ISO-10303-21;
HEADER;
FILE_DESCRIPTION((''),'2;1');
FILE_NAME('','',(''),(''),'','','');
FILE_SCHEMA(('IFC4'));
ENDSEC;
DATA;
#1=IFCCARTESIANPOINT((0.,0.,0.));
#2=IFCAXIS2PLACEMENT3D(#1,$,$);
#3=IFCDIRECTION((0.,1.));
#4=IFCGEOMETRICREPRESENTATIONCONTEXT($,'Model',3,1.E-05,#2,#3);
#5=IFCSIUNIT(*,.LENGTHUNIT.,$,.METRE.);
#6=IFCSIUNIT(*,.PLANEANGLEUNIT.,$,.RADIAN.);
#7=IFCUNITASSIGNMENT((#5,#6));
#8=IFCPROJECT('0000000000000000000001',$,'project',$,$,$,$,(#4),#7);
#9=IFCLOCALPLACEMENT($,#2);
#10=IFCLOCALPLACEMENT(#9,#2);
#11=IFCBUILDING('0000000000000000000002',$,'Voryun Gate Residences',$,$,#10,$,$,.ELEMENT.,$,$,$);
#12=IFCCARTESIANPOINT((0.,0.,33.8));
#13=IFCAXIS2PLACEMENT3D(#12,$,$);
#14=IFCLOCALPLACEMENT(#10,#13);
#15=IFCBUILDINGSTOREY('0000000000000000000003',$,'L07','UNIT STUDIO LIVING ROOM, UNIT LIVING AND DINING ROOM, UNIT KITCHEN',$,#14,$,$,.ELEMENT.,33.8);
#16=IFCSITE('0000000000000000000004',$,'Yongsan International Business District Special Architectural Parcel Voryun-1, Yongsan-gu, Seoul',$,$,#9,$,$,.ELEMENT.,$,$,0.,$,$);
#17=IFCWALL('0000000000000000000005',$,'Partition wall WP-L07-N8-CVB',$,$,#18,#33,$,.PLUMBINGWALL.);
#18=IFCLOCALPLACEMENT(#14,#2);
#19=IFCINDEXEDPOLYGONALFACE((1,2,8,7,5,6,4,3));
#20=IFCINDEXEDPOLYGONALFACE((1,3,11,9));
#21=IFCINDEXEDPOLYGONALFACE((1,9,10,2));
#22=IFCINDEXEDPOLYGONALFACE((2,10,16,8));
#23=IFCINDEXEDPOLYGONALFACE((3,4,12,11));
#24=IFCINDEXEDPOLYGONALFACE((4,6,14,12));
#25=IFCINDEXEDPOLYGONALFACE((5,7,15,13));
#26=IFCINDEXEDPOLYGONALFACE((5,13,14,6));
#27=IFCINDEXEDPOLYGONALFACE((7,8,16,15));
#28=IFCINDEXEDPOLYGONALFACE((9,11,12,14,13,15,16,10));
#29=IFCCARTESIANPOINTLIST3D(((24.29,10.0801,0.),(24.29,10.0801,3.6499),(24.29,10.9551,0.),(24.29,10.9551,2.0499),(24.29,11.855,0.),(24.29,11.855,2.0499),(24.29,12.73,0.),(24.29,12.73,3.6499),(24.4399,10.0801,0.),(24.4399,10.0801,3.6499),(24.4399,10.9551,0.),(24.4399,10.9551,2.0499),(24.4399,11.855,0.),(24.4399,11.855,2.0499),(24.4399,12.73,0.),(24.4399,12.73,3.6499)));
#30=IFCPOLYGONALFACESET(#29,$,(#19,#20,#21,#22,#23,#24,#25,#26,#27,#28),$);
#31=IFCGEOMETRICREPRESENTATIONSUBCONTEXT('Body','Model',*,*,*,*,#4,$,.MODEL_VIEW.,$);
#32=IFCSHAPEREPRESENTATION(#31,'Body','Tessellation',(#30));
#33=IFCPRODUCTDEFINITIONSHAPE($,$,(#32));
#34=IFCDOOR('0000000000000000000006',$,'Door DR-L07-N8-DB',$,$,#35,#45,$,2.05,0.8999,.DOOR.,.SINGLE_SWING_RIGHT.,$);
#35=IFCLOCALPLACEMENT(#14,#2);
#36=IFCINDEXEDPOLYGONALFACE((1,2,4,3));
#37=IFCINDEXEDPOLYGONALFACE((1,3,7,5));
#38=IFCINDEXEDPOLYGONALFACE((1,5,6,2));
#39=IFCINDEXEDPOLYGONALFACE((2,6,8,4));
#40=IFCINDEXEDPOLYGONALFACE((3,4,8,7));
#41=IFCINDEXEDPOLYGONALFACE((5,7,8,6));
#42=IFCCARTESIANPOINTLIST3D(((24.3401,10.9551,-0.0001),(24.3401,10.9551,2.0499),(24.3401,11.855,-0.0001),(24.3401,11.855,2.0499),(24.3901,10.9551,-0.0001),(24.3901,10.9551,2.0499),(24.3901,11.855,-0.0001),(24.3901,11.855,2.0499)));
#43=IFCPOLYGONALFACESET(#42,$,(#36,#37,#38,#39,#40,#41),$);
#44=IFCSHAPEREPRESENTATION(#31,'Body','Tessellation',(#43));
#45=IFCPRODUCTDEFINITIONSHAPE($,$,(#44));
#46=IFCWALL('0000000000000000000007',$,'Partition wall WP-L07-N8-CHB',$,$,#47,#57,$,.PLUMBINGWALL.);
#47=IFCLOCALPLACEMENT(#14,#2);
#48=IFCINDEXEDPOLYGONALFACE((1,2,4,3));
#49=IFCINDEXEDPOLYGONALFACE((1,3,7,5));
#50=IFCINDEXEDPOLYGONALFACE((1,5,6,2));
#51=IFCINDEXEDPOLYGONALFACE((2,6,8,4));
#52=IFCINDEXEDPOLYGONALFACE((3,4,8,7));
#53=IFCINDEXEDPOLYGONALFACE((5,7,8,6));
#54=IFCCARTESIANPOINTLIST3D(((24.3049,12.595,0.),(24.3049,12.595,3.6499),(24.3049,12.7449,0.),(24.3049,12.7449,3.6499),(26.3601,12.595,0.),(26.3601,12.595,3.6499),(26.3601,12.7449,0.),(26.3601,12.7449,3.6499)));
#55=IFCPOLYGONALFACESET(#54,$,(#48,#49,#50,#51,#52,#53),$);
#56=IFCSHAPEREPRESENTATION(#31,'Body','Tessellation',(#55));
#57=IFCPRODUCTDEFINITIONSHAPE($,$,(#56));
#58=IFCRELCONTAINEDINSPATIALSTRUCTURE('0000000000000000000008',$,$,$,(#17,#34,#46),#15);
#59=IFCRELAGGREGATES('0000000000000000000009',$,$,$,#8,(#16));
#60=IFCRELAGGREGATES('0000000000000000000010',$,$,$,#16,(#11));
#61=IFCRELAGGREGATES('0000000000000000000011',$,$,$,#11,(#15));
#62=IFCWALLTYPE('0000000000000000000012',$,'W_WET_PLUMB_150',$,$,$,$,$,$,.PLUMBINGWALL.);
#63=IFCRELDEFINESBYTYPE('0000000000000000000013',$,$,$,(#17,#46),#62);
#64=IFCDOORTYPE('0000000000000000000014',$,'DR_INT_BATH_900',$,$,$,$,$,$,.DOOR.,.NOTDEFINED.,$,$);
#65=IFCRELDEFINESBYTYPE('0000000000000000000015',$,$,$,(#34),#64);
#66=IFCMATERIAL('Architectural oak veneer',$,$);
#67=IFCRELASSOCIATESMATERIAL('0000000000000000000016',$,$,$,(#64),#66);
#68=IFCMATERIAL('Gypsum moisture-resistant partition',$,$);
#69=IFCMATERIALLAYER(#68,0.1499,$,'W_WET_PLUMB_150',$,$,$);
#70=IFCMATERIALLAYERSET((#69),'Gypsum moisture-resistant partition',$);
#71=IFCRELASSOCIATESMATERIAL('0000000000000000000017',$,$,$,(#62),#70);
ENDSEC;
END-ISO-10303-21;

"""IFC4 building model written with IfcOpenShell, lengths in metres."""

from ifc_helpers import new_model, si_unit, direction, frame, frame_2d, origin, place, context, subcontext, project, spatial, rectangle, extrude, material, layer, layer_set, type_object, element, fill, save


model = new_model("IFC4")

# Units and contexts
model_context = context("Model", 3, precision=1e-05, world=origin(), true_north=direction((0.0, 1.0)))
body_context = subcontext(model_context, "Body", "Model", "MODEL_VIEW")
ifc_project = project(units=[si_unit("LENGTHUNIT", "METRE"), si_unit("PLANEANGLEUNIT", "RADIAN")], contexts=[model_context])

# Site, building, storey
site_placement = place(None, origin())
site = spatial("IfcSite", under=ifc_project, at=site_placement, Name="Yongsan International Business District Special Architectural Parcel Voryun-1, Yongsan-gu, Seoul", CompositionType="ELEMENT", RefElevation=0.0)
building_placement = place(site_placement, origin())
building = spatial("IfcBuilding", under=site, at=building_placement, Name="Voryun Gate Residences", CompositionType="ELEMENT")
storey_placement = place(building_placement, frame((0.0, 0.0, 33.8)))
storey = spatial("IfcBuildingStorey", under=building, at=storey_placement, Name="L07", Description="UNIT STUDIO LIVING ROOM, UNIT LIVING AND DINING ROOM, UNIT KITCHEN", CompositionType="ELEMENT", Elevation=33.8)

# Shared definitions
ifc_material_1 = material(Name="Architectural oak veneer")
door_type = type_object("IfcDoorType", Name="DR_INT_BATH_900", OperationType="NOTDEFINED", PredefinedType="DOOR", material=ifc_material_1)

# Shared definitions
ifc_material_2 = material(Name="Gypsum moisture-resistant partition")
ifc_layer_1 = layer(ifc_material_2, 0.1499, Name="W_WET_PLUMB_150")
ifc_layer_set_1 = layer_set([ifc_layer_1], Name="Gypsum moisture-resistant partition")
wall_type_1 = type_object("IfcWallType", Name="W_WET_PLUMB_150", PredefinedType="PLUMBINGWALL", material=ifc_layer_set_1)

# Wall, opening, door
wall_1_placement = place(storey_placement, frame((24.365, 10.0801, 0.0), z_axis=(0.0, 0.0, 1.0), x_axis=(0.0, 1.0, 0.0)))
wall_1 = element("IfcWall", 1, at=wall_1_placement, inside=storey, type_object=wall_type_1, Name="Partition wall WP-L07-N8-CVB", PredefinedType="PLUMBINGWALL", context=body_context, shape_type="SweptSolid", body=[
    extrude(rectangle(XDim=2.6499, YDim=0.1499, at=frame_2d((1.325, 0.0))), origin(), (0.0, 0.0, 1.0), 3.6499),
])
opening_1_placement = place(wall_1_placement, frame((0.875, 0.0, 0.0)))
opening_1 = element("IfcOpeningElement", 2, at=opening_1_placement, cuts=wall_1, PredefinedType="OPENING", context=body_context, shape_type="SweptSolid", body=[
    extrude(rectangle(XDim=0.8999, YDim=2.05, at=frame_2d((0.45, 1.0249))), frame((0.0, 0.085, 0.0), z_axis=(0.0, -1.0, 0.0), x_axis=(1.0, 0.0, 0.0)), (0.0, 0.0, 1.0), 0.1699),
])
door_1_placement = place(opening_1_placement, origin())
door_1 = element("IfcDoor", 3, at=door_1_placement, inside=storey, type_object=door_type, Name="Door DR-L07-N8-DB", OperationType="SINGLE_SWING_RIGHT", OverallHeight=2.05, OverallWidth=0.8999, PredefinedType="DOOR", context=body_context, shape_type="SweptSolid", body=[
    extrude(rectangle(XDim=0.8999, YDim=2.05, at=frame_2d((0.45, 1.0249))), frame((0.0, 0.0249, 0.0), z_axis=(0.0, -1.0, 0.0), x_axis=(1.0, 0.0, 0.0)), (0.0, 0.0, 1.0), 0.05),
])
fill(opening_1, door_1)

# Wall
wall_2_placement = place(storey_placement, frame((24.3049, 12.6699, 0.0), z_axis=(0.0, 0.0, 1.0), x_axis=(1.0, 0.0, 0.0)))
element("IfcWall", 4, at=wall_2_placement, inside=storey, type_object=wall_type_1, Name="Partition wall WP-L07-N8-CHB", PredefinedType="PLUMBINGWALL", context=body_context, shape_type="SweptSolid", body=[
    extrude(rectangle(XDim=2.0552, YDim=0.1499, at=frame_2d((1.0276, 0.0))), origin(), (0.0, 0.0, 1.0), 3.6499),
])

save(model, "model.ifc")
